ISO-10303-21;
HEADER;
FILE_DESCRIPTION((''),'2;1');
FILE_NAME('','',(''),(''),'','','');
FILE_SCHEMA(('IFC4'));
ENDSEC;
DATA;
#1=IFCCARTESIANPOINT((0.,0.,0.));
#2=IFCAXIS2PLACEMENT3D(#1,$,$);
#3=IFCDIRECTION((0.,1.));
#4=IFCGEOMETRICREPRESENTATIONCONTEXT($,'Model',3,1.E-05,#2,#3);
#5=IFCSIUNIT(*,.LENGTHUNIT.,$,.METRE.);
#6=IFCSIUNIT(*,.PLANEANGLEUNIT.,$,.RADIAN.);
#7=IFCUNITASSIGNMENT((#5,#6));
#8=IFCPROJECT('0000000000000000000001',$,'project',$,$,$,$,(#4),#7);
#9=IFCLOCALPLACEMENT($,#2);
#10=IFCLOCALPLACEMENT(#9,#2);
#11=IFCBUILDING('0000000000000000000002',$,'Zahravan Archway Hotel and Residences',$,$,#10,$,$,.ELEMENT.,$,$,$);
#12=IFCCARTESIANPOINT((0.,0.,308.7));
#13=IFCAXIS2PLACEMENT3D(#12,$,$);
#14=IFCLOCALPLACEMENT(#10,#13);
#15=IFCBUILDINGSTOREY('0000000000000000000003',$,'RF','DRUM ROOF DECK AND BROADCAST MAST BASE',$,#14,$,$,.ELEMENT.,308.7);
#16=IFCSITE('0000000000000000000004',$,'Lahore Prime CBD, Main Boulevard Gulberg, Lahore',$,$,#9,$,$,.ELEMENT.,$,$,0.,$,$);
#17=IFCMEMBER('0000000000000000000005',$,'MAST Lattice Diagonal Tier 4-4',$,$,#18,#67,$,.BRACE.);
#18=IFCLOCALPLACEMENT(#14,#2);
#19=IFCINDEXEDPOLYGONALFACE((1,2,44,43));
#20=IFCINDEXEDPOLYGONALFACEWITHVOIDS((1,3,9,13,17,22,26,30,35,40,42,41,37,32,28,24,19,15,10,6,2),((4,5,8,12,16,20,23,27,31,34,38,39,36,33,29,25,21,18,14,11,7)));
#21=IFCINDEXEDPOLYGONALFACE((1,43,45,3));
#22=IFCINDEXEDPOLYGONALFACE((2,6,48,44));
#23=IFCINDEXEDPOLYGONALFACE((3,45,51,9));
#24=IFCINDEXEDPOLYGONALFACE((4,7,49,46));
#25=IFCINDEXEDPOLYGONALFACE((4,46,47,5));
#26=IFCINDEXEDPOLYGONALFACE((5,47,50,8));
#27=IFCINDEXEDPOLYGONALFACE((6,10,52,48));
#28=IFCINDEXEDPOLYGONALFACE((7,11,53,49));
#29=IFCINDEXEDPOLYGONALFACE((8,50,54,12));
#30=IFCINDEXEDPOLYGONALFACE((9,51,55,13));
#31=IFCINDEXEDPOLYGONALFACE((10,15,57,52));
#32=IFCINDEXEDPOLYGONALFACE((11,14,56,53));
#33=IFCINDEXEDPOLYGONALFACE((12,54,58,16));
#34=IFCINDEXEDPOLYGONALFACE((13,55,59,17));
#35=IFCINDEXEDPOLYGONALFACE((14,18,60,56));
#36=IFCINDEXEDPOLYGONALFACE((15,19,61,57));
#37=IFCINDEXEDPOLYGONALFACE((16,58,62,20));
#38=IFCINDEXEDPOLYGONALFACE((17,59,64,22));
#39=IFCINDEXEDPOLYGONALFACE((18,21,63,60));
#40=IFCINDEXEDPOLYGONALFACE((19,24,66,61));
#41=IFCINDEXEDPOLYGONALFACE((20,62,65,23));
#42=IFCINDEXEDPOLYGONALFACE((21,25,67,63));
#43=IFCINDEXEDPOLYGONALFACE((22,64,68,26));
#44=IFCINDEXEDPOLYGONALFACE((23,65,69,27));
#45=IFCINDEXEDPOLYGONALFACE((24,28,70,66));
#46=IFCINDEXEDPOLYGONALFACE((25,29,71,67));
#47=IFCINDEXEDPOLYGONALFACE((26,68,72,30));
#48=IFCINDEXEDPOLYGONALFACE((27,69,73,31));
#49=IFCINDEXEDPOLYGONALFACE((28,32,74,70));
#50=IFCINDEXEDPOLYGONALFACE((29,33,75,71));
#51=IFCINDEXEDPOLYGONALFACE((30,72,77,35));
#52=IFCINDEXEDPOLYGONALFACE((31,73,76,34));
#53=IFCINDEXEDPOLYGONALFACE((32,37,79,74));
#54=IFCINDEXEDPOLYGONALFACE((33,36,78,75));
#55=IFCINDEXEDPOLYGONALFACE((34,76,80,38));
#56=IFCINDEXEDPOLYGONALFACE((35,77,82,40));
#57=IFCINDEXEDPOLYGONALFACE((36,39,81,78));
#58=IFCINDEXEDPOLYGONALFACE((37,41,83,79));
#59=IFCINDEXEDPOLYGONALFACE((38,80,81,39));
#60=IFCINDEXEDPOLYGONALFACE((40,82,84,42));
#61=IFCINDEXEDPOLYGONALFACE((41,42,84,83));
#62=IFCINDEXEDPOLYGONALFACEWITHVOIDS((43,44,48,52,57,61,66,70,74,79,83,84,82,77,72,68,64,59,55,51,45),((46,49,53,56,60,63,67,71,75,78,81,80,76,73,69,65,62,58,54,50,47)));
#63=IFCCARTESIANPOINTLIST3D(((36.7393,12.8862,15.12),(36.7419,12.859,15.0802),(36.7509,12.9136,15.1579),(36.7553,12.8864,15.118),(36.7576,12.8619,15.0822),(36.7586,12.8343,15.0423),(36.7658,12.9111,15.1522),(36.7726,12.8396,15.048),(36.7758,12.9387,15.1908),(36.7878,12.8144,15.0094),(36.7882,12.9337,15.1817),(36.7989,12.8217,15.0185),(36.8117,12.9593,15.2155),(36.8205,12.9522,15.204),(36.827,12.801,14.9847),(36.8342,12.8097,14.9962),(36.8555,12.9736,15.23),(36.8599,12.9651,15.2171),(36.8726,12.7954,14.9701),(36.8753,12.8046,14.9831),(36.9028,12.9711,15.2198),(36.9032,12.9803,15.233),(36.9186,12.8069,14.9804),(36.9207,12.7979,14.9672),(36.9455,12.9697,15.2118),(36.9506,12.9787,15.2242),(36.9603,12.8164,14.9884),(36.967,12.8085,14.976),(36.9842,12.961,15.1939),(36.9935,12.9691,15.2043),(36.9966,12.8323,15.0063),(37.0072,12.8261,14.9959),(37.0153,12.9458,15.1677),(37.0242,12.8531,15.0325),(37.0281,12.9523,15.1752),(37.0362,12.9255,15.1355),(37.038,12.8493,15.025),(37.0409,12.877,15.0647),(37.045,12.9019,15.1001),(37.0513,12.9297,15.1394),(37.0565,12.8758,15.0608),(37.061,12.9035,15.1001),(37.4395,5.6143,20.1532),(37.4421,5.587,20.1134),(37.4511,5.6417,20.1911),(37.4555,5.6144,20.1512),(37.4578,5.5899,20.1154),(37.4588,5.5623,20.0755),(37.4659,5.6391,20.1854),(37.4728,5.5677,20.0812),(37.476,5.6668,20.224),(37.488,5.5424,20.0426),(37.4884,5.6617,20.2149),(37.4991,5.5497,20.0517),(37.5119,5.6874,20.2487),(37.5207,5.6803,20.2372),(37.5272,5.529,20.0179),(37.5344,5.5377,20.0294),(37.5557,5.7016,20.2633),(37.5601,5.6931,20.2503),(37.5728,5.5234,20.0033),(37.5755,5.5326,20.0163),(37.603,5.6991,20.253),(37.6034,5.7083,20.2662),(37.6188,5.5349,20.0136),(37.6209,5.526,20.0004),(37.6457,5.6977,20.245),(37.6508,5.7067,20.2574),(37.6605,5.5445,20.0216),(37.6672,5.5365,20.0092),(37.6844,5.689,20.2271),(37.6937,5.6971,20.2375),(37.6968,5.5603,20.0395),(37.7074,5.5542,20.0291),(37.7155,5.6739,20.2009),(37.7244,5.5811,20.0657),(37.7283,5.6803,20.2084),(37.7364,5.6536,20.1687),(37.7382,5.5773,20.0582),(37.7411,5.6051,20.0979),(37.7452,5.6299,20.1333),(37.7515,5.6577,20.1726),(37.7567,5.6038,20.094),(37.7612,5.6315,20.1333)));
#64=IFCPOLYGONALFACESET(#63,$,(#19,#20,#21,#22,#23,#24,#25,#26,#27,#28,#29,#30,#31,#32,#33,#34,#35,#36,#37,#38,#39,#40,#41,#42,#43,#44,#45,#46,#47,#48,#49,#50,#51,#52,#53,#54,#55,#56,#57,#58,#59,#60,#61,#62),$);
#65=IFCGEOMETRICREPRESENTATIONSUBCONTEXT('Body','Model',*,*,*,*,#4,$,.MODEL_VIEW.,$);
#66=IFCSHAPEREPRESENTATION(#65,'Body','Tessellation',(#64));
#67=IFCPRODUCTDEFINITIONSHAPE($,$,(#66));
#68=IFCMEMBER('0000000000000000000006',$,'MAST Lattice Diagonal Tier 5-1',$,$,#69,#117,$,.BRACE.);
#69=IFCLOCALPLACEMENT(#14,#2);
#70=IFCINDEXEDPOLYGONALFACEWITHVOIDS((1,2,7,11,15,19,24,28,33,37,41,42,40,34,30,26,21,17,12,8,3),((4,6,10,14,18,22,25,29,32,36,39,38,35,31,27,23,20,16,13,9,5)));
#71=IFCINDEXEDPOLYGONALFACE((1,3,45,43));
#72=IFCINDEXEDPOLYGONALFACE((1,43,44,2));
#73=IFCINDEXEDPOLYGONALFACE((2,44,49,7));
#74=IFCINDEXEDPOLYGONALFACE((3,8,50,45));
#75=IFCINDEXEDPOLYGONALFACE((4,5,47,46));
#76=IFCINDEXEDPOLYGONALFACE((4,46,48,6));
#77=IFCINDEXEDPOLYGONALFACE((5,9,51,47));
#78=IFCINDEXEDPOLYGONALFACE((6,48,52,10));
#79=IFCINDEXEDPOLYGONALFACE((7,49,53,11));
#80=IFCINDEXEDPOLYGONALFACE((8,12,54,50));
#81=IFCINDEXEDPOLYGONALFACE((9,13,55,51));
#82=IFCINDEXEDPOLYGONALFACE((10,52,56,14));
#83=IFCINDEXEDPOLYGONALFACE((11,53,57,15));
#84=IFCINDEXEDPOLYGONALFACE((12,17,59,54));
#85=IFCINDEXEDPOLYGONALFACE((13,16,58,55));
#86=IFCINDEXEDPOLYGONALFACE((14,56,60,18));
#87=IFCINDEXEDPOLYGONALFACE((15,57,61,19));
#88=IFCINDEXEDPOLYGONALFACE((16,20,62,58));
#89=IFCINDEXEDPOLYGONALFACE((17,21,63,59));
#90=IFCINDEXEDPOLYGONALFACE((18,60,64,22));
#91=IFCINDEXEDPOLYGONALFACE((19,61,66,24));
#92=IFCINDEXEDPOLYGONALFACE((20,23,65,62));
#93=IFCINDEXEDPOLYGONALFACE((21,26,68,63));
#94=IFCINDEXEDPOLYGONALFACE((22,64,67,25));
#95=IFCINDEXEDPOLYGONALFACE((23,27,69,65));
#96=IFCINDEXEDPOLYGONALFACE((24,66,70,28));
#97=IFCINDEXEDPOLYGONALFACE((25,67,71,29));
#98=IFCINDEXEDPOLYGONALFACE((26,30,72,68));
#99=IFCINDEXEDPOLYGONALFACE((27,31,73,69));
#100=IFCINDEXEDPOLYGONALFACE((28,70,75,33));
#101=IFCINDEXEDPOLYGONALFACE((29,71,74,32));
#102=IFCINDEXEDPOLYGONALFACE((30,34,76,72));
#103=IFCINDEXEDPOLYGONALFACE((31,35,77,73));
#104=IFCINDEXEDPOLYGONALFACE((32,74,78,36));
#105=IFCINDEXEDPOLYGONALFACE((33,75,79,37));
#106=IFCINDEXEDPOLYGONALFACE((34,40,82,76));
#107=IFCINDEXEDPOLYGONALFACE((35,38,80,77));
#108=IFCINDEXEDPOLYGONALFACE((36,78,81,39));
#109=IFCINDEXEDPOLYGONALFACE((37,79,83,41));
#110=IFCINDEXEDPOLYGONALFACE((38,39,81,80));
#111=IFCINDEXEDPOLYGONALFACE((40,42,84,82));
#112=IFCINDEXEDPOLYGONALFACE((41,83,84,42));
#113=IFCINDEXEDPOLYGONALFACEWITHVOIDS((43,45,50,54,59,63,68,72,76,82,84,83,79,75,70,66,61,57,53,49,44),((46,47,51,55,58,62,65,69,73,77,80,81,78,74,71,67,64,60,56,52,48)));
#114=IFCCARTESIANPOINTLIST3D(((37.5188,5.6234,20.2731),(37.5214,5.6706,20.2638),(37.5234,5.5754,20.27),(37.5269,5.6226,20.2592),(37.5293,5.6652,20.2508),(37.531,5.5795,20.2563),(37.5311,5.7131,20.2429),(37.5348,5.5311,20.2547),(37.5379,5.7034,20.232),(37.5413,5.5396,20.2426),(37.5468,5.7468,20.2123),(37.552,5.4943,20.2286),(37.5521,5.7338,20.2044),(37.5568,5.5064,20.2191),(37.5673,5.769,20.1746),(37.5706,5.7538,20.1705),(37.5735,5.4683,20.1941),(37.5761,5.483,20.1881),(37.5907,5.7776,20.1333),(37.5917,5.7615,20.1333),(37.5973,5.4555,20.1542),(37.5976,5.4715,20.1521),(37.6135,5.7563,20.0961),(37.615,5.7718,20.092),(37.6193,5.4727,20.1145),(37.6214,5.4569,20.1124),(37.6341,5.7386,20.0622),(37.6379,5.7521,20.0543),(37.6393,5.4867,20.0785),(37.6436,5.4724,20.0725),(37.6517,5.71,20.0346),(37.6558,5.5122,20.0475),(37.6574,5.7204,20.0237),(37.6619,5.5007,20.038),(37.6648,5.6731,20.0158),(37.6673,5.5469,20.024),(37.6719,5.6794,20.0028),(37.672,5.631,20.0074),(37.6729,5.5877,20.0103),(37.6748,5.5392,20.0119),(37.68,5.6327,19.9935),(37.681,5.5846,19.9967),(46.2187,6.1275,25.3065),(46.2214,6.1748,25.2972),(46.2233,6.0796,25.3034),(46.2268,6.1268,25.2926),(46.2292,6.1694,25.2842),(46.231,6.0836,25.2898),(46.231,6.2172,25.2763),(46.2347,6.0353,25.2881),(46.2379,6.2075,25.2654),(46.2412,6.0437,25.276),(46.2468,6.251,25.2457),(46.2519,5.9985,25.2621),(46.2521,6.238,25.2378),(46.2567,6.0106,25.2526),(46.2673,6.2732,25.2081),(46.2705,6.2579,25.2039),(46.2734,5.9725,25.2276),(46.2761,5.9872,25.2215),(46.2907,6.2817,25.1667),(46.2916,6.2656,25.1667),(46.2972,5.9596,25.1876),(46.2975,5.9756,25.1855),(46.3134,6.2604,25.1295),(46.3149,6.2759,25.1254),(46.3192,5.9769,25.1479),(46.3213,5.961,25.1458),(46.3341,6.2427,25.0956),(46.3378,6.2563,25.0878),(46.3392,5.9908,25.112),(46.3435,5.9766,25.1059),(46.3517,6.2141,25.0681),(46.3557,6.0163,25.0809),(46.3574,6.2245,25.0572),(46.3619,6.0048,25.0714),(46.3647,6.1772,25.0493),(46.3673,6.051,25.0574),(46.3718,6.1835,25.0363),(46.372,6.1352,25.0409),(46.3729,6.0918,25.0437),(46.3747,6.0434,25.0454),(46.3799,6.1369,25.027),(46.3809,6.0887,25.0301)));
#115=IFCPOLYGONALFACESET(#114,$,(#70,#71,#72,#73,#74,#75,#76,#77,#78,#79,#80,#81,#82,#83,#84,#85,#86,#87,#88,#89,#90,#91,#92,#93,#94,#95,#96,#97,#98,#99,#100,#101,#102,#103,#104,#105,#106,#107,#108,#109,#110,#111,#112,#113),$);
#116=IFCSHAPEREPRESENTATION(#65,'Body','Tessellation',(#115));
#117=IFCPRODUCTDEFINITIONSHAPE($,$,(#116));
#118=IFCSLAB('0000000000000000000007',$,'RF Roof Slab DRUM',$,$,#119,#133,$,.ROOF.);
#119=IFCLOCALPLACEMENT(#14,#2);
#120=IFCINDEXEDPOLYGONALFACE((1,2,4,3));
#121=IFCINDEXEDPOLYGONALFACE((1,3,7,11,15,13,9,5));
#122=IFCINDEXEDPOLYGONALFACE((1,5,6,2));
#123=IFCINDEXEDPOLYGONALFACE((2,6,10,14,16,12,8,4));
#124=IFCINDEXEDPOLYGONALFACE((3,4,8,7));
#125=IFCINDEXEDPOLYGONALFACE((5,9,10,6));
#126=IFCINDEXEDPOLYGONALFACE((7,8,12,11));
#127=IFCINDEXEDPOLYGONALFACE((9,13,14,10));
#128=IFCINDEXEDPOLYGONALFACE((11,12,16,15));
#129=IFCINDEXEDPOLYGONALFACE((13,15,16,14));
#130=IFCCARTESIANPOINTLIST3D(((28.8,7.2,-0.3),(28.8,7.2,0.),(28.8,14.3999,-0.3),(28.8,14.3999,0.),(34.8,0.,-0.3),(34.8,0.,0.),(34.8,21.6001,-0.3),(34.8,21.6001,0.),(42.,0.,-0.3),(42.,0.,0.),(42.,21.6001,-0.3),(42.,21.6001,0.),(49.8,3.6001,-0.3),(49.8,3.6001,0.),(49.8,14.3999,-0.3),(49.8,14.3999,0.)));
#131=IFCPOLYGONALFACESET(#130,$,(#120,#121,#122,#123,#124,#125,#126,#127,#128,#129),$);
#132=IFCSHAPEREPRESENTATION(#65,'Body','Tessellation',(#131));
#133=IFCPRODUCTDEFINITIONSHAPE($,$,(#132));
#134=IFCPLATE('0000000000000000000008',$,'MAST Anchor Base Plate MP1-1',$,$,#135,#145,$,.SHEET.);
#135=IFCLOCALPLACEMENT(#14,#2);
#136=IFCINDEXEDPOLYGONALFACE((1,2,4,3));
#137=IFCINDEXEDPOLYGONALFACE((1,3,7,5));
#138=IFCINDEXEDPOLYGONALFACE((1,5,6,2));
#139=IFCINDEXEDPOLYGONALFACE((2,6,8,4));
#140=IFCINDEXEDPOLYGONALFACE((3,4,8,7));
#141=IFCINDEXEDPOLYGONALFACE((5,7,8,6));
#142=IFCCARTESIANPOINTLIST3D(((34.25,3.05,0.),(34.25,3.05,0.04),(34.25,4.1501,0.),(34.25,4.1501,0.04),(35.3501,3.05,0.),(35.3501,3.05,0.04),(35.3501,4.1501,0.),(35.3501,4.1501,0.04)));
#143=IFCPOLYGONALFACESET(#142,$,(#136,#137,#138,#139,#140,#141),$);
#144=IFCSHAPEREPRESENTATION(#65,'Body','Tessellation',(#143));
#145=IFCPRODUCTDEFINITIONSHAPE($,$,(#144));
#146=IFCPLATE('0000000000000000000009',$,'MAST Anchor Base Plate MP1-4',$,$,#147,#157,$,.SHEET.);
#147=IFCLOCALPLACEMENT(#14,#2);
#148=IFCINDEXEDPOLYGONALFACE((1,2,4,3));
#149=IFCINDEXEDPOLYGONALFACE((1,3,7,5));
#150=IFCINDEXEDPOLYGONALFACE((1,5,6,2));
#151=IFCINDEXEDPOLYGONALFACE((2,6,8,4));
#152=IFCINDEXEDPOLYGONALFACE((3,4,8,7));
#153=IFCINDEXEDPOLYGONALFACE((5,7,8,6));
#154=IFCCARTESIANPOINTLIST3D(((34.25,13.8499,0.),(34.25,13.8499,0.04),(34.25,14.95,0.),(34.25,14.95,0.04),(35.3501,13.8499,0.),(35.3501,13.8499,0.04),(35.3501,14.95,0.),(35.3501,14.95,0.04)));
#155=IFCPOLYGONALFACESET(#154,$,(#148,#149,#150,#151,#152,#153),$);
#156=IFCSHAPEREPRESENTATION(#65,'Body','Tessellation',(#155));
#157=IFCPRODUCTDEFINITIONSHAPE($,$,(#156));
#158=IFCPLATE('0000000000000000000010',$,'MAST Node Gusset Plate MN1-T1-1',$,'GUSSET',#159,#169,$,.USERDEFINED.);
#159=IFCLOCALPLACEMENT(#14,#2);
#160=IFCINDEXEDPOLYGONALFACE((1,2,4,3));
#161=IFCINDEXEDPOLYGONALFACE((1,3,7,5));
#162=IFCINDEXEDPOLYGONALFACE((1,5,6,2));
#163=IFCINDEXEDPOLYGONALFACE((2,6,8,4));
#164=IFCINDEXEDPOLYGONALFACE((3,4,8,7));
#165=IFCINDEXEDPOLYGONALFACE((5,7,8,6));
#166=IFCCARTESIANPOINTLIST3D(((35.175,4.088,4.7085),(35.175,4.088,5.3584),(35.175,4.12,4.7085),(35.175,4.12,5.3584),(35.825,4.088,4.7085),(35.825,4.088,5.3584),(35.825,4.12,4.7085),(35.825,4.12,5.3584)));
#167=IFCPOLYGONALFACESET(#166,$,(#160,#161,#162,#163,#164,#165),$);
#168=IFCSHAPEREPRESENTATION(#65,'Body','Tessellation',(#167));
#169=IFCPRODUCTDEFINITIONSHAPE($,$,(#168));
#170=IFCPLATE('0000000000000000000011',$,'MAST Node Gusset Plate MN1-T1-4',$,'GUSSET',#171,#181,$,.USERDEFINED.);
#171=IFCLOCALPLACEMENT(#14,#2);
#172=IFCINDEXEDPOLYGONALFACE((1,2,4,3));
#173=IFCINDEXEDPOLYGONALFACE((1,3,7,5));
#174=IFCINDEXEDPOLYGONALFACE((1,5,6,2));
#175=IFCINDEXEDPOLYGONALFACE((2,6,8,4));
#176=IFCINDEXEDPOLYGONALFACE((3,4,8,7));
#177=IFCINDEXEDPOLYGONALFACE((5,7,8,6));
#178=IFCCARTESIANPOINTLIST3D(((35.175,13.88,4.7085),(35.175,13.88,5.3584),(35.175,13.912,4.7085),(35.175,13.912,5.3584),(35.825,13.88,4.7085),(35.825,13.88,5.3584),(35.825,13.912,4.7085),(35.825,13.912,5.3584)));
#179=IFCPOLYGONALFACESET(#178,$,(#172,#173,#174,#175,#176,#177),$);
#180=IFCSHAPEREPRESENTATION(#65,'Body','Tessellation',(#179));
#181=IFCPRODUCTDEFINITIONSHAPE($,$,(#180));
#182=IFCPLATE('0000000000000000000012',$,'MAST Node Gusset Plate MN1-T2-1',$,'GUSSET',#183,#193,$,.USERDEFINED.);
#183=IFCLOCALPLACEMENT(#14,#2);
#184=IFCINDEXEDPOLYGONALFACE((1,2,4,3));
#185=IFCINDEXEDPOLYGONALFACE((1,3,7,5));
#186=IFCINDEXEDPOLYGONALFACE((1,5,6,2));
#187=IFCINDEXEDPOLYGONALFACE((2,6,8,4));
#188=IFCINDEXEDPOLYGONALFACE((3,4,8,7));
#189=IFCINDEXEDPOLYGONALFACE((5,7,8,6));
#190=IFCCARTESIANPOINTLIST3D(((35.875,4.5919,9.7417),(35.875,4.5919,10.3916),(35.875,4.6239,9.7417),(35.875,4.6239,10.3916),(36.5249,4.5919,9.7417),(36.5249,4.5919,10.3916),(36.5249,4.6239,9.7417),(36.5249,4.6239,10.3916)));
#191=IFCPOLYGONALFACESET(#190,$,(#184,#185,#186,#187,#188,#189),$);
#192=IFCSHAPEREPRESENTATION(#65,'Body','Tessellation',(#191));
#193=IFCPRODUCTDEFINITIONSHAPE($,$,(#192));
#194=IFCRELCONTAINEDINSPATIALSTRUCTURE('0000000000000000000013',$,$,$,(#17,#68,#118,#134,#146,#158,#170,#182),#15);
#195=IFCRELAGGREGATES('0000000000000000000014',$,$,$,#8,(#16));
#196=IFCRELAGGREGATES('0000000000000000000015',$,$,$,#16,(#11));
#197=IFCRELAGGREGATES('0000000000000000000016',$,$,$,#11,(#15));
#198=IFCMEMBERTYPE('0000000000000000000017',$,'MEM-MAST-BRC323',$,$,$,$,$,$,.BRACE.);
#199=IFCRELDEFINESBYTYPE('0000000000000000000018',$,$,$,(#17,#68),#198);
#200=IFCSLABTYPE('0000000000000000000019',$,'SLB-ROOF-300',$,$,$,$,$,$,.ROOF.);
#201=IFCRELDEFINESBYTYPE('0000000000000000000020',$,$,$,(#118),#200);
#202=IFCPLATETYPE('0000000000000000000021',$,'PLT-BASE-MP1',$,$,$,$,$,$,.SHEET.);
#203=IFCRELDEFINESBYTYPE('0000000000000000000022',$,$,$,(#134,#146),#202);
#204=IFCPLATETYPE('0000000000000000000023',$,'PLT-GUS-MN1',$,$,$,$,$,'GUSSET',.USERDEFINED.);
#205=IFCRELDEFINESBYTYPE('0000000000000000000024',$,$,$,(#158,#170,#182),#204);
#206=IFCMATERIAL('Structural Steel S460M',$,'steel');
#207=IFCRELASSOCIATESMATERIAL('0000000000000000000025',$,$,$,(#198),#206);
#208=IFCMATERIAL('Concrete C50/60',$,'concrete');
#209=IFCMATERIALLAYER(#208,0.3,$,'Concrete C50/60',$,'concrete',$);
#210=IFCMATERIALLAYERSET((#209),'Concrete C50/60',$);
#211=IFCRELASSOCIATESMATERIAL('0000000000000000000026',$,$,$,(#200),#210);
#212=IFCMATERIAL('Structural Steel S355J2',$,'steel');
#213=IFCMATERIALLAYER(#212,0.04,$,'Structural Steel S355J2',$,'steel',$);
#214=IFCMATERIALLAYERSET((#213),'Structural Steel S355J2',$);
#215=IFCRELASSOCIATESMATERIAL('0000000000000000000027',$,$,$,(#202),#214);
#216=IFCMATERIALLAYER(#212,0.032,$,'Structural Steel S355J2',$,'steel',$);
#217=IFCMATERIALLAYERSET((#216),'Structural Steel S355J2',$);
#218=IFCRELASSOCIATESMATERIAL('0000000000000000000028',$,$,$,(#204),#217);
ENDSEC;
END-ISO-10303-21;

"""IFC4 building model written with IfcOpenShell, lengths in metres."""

from ifc_helpers import new_model, si_unit, direction, frame, origin, origin_2d, place, context, subcontext, project, spatial, polyline, rectangle, hollow_circle, outline, extrude, source, transform, mapped, material, layer, layer_set, material_profile, profile_set, type_object, type_shapes, element, save


model = new_model("IFC4")

# Units and contexts
model_context = context("Model", 3, precision=1e-05, world=origin(), true_north=direction((0.0, 1.0)))
body_context = subcontext(model_context, "Body", "Model", "MODEL_VIEW")
ifc_project = project(units=[si_unit("LENGTHUNIT", "METRE"), si_unit("PLANEANGLEUNIT", "RADIAN")], contexts=[model_context])

# Site, building, storey
site_placement = place(None, origin())
site = spatial("IfcSite", under=ifc_project, at=site_placement, Name="Lahore Prime CBD, Main Boulevard Gulberg, Lahore", CompositionType="ELEMENT", RefElevation=0.0)
building_placement = place(site_placement, origin())
building = spatial("IfcBuilding", under=site, at=building_placement, Name="Zahravan Archway Hotel and Residences", CompositionType="ELEMENT")
storey_placement = place(building_placement, frame((0.0, 0.0, 308.7)))
storey = spatial("IfcBuildingStorey", under=building, at=storey_placement, Name="RF", Description="DRUM ROOF DECK AND BROADCAST MAST BASE", CompositionType="ELEMENT", Elevation=308.7)

# Members
ifc_material_1 = material(Name="Structural Steel S460M", Category="steel")
ifc_material_profile_1 = material_profile(ifc_material_1, hollow_circle(Radius=0.1619, WallThickness=0.0161, at=origin_2d()), Name="CHS 323.9x16", Category="steel")
ifc_profile_set_1 = profile_set([ifc_material_profile_1], Name="Structural Steel S460M")
member_type_1 = type_object("IfcMemberType", Name="MEM-MAST-BRC323", PredefinedType="BRACE", material=ifc_profile_set_1)
shared_shape_1 = source(origin(), body_context, "Body", "SweptSolid", [
    extrude(hollow_circle(Radius=0.1619, WallThickness=0.0161, at=origin_2d()), origin(), (0.0, 0.0, 1.0), 8.8716),
])
member_1_placement = place(storey_placement, frame((36.8999, 12.8879, 15.1001), z_axis=(0.078926, -0.819693, 0.56734), x_axis=(0.995396, 0.095844, 0.0)))
element("IfcMember", 1, at=member_1_placement, inside=storey, type_object=member_type_1, Name="MAST Lattice Diagonal Tier 4-4", PredefinedType="BRACE", context=body_context, shape_type="MappedRepresentation", body=[
    mapped(shared_shape_1, transform((0.0, 0.0, 0.0), scale=1.0)),
])
shared_shape_2 = source(origin(), body_context, "Body", "SweptSolid", [
    extrude(hollow_circle(Radius=0.1619, WallThickness=0.0161, at=origin_2d()), origin(), (0.0, 0.0, 1.0), 10.0637),
])
member_2_placement = place(storey_placement, frame((37.6001, 5.616, 20.1333), z_axis=(0.864485, 0.050096, 0.500157), x_axis=(-0.057852, 0.998325, 0.0)))
element("IfcMember", 2, at=member_2_placement, inside=storey, type_object=member_type_1, Name="MAST Lattice Diagonal Tier 5-1", PredefinedType="BRACE", context=body_context, shape_type="MappedRepresentation", body=[
    mapped(shared_shape_2, transform((0.0, 0.0, 0.0), scale=1.0)),
])

# Slab
ifc_material_2 = material(Name="Concrete C50/60", Category="concrete")
ifc_layer_1 = layer(ifc_material_2, 0.3, Name="Concrete C50/60", Category="concrete")
ifc_layer_set_1 = layer_set([ifc_layer_1], Name="Concrete C50/60")
slab_type = type_object("IfcSlabType", Name="SLB-ROOF-300", PredefinedType="ROOF", material=ifc_layer_set_1)
slab_placement = place(storey_placement, frame((0.0, 0.0, -0.3)))
element("IfcSlab", 3, at=slab_placement, inside=storey, type_object=slab_type, Name="RF Roof Slab DRUM", PredefinedType="ROOF", context=body_context, shape_type="SweptSolid", body=[
    extrude(outline(polyline([(34.8, 0.0), (42.0, 0.0), (49.8, 3.6001), (49.8, 14.3999), (42.0, 21.6001), (34.8, 21.6001), (28.8, 14.3999), (28.8, 7.2), (34.8, 0.0)])), origin(), (0.0, 0.0, 1.0), 0.3),
])

# Plates
ifc_material_3 = material(Name="Structural Steel S355J2", Category="steel")
ifc_layer_2 = layer(ifc_material_3, 0.04, Name="Structural Steel S355J2", Category="steel")
ifc_layer_set_2 = layer_set([ifc_layer_2], Name="Structural Steel S355J2")
plate_type_1 = type_object("IfcPlateType", Name="PLT-BASE-MP1", PredefinedType="SHEET", material=ifc_layer_set_2)
shared_shape_3 = source(origin(), body_context, "Body", "SweptSolid", [
    extrude(rectangle(XDim=1.1001, YDim=1.1001, at=origin_2d()), origin(), (0.0, 0.0, 1.0), 0.04),
])
type_shapes(plate_type_1, [shared_shape_3])
for number, where, z_axis, x_axis, name in (
    (4, (34.8, 3.6001, 0.0), (0.0, 0.0, 1.0), (1.0, 0.0, 0.0), "MAST Anchor Base Plate MP1-1"),
    (5, (34.8, 14.3999, 0.0), (0.0, 0.0, 1.0), (1.0, 0.0, 0.0), "MAST Anchor Base Plate MP1-4"),
):
    element("IfcPlate", number, at=place(storey_placement, frame(where, z_axis=z_axis, x_axis=x_axis)), inside=storey, type_object=plate_type_1, Name=name, PredefinedType="SHEET", context=body_context, shape_type="MappedRepresentation", body=[
        mapped(shared_shape_3, transform((0.0, 0.0, 0.0), scale=1.0)),
    ])
ifc_layer_3 = layer(ifc_material_3, 0.032, Name="Structural Steel S355J2", Category="steel")
ifc_layer_set_3 = layer_set([ifc_layer_3], Name="Structural Steel S355J2")
plate_type_2 = type_object("IfcPlateType", Name="PLT-GUS-MN1", ElementType="GUSSET", PredefinedType="USERDEFINED", material=ifc_layer_set_3)
shared_shape_4 = source(origin(), body_context, "Body", "SweptSolid", [
    extrude(rectangle(XDim=0.6499, YDim=0.032, at=origin_2d()), origin(), (0.0, 0.0, 1.0), 0.6499),
])
type_shapes(plate_type_2, [shared_shape_4])
for number, where, z_axis, x_axis, name in (
    (6, (35.5, 4.104, 4.7085), (0.0, 0.0, 1.0), (1.0, 0.0, 0.0), "MAST Node Gusset Plate MN1-T1-1"),
    (7, (35.5, 13.896, 4.7085), (0.0, 0.0, 1.0), (1.0, 0.0, 0.0), "MAST Node Gusset Plate MN1-T1-4"),
    (8, (36.2, 4.6079, 9.7417), (0.0, 0.0, 1.0), (1.0, 0.0, 0.0), "MAST Node Gusset Plate MN1-T2-1"),
):
    element("IfcPlate", number, at=place(storey_placement, frame(where, z_axis=z_axis, x_axis=x_axis)), inside=storey, type_object=plate_type_2, Name=name, ObjectType="GUSSET", PredefinedType="USERDEFINED", context=body_context, shape_type="MappedRepresentation", body=[
        mapped(shared_shape_4, transform((0.0, 0.0, 0.0), scale=1.0)),
    ])

save(model, "model.ifc")
